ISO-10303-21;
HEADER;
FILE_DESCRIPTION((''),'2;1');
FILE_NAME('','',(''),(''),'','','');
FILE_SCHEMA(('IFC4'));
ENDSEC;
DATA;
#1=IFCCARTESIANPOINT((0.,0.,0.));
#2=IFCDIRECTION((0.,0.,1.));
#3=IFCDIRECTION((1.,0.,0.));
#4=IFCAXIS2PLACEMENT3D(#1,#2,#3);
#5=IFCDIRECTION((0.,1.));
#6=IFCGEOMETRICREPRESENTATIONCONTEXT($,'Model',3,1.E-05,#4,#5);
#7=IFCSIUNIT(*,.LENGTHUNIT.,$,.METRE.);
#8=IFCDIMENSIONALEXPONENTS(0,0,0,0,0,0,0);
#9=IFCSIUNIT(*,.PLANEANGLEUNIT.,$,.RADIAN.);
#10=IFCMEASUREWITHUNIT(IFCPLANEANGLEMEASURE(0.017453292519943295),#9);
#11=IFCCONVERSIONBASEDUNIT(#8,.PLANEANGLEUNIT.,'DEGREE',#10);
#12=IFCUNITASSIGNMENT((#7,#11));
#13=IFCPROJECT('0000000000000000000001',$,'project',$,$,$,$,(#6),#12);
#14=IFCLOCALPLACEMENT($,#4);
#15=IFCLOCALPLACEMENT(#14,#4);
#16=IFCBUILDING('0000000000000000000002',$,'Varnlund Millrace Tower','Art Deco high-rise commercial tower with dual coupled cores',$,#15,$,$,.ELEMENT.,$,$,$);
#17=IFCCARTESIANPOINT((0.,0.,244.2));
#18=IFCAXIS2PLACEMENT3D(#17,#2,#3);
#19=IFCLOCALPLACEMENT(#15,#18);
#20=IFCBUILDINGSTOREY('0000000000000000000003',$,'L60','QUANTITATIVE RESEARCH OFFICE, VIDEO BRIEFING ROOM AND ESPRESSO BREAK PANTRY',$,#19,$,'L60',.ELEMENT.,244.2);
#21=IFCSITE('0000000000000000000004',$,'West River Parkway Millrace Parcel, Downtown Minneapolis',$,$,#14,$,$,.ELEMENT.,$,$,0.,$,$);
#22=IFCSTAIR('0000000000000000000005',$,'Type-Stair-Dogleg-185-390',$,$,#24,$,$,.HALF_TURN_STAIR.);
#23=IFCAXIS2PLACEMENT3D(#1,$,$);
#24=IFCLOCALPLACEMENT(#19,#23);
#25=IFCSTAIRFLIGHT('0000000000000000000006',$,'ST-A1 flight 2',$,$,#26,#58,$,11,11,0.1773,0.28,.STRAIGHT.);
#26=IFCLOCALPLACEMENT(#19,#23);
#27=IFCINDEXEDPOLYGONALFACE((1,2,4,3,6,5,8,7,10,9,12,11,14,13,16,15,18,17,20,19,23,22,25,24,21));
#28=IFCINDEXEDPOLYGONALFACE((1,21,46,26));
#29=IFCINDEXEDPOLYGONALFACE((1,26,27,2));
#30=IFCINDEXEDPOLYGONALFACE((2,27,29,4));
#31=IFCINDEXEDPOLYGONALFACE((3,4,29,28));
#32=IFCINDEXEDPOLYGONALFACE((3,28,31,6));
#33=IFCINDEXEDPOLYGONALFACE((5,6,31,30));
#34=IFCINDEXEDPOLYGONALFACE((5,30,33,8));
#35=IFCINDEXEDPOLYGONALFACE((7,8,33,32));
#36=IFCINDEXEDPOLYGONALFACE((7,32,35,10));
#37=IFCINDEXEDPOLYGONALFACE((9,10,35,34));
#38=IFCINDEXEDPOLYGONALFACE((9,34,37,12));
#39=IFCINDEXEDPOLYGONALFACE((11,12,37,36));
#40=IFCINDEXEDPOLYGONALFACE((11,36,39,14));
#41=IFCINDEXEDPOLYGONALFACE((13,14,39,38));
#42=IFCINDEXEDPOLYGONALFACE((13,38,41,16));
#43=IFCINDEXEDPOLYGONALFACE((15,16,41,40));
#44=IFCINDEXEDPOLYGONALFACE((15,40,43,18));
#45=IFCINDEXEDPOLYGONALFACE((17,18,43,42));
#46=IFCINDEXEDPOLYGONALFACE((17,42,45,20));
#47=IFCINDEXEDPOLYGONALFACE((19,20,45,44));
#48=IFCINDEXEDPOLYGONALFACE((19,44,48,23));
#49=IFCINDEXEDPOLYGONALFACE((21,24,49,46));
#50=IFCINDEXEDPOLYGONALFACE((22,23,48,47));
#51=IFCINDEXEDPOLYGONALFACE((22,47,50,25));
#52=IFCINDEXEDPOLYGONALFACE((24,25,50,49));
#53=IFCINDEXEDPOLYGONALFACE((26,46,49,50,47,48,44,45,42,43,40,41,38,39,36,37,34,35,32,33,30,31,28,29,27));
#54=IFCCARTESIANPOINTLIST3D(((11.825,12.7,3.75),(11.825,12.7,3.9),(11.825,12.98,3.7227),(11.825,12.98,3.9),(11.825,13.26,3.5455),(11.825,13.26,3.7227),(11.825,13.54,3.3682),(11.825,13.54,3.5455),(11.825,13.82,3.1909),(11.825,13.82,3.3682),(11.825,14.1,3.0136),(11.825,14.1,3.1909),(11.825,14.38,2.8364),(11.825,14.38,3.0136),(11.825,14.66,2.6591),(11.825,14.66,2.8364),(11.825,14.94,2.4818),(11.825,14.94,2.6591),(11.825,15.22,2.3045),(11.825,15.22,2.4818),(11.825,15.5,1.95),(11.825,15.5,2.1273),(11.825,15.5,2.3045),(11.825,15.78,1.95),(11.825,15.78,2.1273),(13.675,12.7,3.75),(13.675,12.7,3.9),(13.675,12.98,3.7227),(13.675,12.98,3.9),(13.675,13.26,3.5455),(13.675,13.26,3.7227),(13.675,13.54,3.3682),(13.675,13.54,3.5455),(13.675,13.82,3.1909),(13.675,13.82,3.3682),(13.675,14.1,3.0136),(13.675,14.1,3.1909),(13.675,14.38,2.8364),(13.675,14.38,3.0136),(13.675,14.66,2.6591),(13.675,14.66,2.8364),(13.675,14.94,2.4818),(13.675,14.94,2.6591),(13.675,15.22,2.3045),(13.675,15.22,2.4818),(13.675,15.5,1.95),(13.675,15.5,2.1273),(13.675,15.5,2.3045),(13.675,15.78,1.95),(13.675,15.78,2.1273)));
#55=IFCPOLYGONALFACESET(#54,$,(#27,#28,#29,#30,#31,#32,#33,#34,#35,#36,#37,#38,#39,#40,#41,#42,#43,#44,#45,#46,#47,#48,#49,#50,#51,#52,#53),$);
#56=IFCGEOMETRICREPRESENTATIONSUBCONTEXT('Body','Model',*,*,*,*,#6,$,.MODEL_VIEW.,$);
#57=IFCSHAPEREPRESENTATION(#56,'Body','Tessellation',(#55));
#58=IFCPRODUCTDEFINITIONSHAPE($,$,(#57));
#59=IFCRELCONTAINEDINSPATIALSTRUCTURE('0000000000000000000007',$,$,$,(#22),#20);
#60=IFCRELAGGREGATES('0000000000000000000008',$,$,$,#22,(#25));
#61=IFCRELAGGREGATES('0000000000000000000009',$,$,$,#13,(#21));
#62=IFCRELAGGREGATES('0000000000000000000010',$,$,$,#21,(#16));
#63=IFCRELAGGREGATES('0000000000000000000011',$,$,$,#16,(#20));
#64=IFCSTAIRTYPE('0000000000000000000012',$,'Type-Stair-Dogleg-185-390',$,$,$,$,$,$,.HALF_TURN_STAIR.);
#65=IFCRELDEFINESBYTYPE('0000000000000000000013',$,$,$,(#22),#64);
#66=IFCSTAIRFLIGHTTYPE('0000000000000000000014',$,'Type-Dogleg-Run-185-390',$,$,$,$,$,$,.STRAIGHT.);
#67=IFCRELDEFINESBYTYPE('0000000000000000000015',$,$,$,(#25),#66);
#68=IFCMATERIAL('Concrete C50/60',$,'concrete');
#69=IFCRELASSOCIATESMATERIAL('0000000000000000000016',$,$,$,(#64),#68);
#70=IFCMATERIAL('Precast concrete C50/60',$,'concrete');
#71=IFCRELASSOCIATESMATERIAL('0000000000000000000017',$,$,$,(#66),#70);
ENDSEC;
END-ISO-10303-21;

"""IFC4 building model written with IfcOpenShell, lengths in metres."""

from ifc_helpers import new_model, entity, si_unit, converted_unit, direction, frame, origin_with_axes, place, context, subcontext, project, spatial, polyline, outline, extrude, material, type_object, element, aggregate, save


model = new_model("IFC4")

# Units and contexts
model_context = context("Model", 3, precision=1e-05, world=origin_with_axes(), true_north=direction((0.0, 1.0)))
body_context = subcontext(model_context, "Body", "Model", "MODEL_VIEW")
ifc_project = project(units=[si_unit("LENGTHUNIT", "METRE"), converted_unit("PLANEANGLEUNIT", "DEGREE", entity("IfcPlaneAngleMeasure", 0.017453292519943295), si_unit("PLANEANGLEUNIT", "RADIAN"), dimensions=[0, 0, 0, 0, 0, 0, 0])], contexts=[model_context])

# Site, building, storey
site_placement = place(None, origin_with_axes())
site = spatial("IfcSite", under=ifc_project, at=site_placement, Name="West River Parkway Millrace Parcel, Downtown Minneapolis", CompositionType="ELEMENT", RefElevation=0.0)
building_placement = place(site_placement, origin_with_axes())
building = spatial("IfcBuilding", under=site, at=building_placement, Name="Varnlund Millrace Tower", Description="Art Deco high-rise commercial tower with dual coupled cores", CompositionType="ELEMENT")
storey_placement = place(building_placement, frame((0.0, 0.0, 244.2), z_axis=(0.0, 0.0, 1.0), x_axis=(1.0, 0.0, 0.0)))
storey = spatial("IfcBuildingStorey", under=building, at=storey_placement, Name="L60", Description="QUANTITATIVE RESEARCH OFFICE, VIDEO BRIEFING ROOM AND ESPRESSO BREAK PANTRY", LongName="L60", CompositionType="ELEMENT", Elevation=244.2)

# Stair
ifc_material_1 = material(Name="Concrete C50/60", Category="concrete")
stair_type_1 = type_object("IfcStairType", Name="Type-Stair-Dogleg-185-390", PredefinedType="HALF_TURN_STAIR", material=ifc_material_1)
stair_1_placement = place(storey_placement, origin_with_axes())
stair_1 = element("IfcStair", 1, at=stair_1_placement, inside=storey, type_object=stair_type_1, Name="Type-Stair-Dogleg-185-390", PredefinedType="HALF_TURN_STAIR")

# Shared definitions
ifc_material_2 = material(Name="Precast concrete C50/60", Category="concrete")

# Stair flight
stair_flight_type = type_object("IfcStairFlightType", Name="Type-Dogleg-Run-185-390", PredefinedType="STRAIGHT", material=ifc_material_2)
stair_flight_placement = place(storey_placement, frame((13.675, 15.78, 1.95), z_axis=(-1.0, 0.0, 0.0), x_axis=(0.0, -1.0, 0.0)))
stair_flight = element("IfcStairFlight", 2, at=stair_flight_placement, type_object=stair_flight_type, Name="ST-A1 flight 2", NumberOfRisers=11, NumberOfTreads=11, PredefinedType="STRAIGHT", RiserHeight=0.1773, TreadLength=0.28, context=body_context, shape_type="SweptSolid", body=[
    extrude(outline(polyline([(0.0, 0.0), (0.0, 0.1773), (0.28, 0.1773), (0.28, 0.3545), (0.56, 0.3545), (0.56, 0.5318), (0.84, 0.5318), (0.84, 0.7091), (1.12, 0.7091), (1.12, 0.8864), (1.4, 0.8864), (1.4, 1.0636), (1.68, 1.0636), (1.68, 1.2409), (1.96, 1.2409), (1.96, 1.4182), (2.24, 1.4182), (2.24, 1.5955), (2.52, 1.5955), (2.52, 1.7727), (2.8, 1.7727), (2.8, 1.95), (3.08, 1.95), (3.08, 1.8), (0.28, 0.0), (0.0, 0.0)])), origin_with_axes(), (0.0, 0.0, 1.0), 1.85),
])
aggregate(stair_1, [stair_flight])

save(model, "model.ifc")
